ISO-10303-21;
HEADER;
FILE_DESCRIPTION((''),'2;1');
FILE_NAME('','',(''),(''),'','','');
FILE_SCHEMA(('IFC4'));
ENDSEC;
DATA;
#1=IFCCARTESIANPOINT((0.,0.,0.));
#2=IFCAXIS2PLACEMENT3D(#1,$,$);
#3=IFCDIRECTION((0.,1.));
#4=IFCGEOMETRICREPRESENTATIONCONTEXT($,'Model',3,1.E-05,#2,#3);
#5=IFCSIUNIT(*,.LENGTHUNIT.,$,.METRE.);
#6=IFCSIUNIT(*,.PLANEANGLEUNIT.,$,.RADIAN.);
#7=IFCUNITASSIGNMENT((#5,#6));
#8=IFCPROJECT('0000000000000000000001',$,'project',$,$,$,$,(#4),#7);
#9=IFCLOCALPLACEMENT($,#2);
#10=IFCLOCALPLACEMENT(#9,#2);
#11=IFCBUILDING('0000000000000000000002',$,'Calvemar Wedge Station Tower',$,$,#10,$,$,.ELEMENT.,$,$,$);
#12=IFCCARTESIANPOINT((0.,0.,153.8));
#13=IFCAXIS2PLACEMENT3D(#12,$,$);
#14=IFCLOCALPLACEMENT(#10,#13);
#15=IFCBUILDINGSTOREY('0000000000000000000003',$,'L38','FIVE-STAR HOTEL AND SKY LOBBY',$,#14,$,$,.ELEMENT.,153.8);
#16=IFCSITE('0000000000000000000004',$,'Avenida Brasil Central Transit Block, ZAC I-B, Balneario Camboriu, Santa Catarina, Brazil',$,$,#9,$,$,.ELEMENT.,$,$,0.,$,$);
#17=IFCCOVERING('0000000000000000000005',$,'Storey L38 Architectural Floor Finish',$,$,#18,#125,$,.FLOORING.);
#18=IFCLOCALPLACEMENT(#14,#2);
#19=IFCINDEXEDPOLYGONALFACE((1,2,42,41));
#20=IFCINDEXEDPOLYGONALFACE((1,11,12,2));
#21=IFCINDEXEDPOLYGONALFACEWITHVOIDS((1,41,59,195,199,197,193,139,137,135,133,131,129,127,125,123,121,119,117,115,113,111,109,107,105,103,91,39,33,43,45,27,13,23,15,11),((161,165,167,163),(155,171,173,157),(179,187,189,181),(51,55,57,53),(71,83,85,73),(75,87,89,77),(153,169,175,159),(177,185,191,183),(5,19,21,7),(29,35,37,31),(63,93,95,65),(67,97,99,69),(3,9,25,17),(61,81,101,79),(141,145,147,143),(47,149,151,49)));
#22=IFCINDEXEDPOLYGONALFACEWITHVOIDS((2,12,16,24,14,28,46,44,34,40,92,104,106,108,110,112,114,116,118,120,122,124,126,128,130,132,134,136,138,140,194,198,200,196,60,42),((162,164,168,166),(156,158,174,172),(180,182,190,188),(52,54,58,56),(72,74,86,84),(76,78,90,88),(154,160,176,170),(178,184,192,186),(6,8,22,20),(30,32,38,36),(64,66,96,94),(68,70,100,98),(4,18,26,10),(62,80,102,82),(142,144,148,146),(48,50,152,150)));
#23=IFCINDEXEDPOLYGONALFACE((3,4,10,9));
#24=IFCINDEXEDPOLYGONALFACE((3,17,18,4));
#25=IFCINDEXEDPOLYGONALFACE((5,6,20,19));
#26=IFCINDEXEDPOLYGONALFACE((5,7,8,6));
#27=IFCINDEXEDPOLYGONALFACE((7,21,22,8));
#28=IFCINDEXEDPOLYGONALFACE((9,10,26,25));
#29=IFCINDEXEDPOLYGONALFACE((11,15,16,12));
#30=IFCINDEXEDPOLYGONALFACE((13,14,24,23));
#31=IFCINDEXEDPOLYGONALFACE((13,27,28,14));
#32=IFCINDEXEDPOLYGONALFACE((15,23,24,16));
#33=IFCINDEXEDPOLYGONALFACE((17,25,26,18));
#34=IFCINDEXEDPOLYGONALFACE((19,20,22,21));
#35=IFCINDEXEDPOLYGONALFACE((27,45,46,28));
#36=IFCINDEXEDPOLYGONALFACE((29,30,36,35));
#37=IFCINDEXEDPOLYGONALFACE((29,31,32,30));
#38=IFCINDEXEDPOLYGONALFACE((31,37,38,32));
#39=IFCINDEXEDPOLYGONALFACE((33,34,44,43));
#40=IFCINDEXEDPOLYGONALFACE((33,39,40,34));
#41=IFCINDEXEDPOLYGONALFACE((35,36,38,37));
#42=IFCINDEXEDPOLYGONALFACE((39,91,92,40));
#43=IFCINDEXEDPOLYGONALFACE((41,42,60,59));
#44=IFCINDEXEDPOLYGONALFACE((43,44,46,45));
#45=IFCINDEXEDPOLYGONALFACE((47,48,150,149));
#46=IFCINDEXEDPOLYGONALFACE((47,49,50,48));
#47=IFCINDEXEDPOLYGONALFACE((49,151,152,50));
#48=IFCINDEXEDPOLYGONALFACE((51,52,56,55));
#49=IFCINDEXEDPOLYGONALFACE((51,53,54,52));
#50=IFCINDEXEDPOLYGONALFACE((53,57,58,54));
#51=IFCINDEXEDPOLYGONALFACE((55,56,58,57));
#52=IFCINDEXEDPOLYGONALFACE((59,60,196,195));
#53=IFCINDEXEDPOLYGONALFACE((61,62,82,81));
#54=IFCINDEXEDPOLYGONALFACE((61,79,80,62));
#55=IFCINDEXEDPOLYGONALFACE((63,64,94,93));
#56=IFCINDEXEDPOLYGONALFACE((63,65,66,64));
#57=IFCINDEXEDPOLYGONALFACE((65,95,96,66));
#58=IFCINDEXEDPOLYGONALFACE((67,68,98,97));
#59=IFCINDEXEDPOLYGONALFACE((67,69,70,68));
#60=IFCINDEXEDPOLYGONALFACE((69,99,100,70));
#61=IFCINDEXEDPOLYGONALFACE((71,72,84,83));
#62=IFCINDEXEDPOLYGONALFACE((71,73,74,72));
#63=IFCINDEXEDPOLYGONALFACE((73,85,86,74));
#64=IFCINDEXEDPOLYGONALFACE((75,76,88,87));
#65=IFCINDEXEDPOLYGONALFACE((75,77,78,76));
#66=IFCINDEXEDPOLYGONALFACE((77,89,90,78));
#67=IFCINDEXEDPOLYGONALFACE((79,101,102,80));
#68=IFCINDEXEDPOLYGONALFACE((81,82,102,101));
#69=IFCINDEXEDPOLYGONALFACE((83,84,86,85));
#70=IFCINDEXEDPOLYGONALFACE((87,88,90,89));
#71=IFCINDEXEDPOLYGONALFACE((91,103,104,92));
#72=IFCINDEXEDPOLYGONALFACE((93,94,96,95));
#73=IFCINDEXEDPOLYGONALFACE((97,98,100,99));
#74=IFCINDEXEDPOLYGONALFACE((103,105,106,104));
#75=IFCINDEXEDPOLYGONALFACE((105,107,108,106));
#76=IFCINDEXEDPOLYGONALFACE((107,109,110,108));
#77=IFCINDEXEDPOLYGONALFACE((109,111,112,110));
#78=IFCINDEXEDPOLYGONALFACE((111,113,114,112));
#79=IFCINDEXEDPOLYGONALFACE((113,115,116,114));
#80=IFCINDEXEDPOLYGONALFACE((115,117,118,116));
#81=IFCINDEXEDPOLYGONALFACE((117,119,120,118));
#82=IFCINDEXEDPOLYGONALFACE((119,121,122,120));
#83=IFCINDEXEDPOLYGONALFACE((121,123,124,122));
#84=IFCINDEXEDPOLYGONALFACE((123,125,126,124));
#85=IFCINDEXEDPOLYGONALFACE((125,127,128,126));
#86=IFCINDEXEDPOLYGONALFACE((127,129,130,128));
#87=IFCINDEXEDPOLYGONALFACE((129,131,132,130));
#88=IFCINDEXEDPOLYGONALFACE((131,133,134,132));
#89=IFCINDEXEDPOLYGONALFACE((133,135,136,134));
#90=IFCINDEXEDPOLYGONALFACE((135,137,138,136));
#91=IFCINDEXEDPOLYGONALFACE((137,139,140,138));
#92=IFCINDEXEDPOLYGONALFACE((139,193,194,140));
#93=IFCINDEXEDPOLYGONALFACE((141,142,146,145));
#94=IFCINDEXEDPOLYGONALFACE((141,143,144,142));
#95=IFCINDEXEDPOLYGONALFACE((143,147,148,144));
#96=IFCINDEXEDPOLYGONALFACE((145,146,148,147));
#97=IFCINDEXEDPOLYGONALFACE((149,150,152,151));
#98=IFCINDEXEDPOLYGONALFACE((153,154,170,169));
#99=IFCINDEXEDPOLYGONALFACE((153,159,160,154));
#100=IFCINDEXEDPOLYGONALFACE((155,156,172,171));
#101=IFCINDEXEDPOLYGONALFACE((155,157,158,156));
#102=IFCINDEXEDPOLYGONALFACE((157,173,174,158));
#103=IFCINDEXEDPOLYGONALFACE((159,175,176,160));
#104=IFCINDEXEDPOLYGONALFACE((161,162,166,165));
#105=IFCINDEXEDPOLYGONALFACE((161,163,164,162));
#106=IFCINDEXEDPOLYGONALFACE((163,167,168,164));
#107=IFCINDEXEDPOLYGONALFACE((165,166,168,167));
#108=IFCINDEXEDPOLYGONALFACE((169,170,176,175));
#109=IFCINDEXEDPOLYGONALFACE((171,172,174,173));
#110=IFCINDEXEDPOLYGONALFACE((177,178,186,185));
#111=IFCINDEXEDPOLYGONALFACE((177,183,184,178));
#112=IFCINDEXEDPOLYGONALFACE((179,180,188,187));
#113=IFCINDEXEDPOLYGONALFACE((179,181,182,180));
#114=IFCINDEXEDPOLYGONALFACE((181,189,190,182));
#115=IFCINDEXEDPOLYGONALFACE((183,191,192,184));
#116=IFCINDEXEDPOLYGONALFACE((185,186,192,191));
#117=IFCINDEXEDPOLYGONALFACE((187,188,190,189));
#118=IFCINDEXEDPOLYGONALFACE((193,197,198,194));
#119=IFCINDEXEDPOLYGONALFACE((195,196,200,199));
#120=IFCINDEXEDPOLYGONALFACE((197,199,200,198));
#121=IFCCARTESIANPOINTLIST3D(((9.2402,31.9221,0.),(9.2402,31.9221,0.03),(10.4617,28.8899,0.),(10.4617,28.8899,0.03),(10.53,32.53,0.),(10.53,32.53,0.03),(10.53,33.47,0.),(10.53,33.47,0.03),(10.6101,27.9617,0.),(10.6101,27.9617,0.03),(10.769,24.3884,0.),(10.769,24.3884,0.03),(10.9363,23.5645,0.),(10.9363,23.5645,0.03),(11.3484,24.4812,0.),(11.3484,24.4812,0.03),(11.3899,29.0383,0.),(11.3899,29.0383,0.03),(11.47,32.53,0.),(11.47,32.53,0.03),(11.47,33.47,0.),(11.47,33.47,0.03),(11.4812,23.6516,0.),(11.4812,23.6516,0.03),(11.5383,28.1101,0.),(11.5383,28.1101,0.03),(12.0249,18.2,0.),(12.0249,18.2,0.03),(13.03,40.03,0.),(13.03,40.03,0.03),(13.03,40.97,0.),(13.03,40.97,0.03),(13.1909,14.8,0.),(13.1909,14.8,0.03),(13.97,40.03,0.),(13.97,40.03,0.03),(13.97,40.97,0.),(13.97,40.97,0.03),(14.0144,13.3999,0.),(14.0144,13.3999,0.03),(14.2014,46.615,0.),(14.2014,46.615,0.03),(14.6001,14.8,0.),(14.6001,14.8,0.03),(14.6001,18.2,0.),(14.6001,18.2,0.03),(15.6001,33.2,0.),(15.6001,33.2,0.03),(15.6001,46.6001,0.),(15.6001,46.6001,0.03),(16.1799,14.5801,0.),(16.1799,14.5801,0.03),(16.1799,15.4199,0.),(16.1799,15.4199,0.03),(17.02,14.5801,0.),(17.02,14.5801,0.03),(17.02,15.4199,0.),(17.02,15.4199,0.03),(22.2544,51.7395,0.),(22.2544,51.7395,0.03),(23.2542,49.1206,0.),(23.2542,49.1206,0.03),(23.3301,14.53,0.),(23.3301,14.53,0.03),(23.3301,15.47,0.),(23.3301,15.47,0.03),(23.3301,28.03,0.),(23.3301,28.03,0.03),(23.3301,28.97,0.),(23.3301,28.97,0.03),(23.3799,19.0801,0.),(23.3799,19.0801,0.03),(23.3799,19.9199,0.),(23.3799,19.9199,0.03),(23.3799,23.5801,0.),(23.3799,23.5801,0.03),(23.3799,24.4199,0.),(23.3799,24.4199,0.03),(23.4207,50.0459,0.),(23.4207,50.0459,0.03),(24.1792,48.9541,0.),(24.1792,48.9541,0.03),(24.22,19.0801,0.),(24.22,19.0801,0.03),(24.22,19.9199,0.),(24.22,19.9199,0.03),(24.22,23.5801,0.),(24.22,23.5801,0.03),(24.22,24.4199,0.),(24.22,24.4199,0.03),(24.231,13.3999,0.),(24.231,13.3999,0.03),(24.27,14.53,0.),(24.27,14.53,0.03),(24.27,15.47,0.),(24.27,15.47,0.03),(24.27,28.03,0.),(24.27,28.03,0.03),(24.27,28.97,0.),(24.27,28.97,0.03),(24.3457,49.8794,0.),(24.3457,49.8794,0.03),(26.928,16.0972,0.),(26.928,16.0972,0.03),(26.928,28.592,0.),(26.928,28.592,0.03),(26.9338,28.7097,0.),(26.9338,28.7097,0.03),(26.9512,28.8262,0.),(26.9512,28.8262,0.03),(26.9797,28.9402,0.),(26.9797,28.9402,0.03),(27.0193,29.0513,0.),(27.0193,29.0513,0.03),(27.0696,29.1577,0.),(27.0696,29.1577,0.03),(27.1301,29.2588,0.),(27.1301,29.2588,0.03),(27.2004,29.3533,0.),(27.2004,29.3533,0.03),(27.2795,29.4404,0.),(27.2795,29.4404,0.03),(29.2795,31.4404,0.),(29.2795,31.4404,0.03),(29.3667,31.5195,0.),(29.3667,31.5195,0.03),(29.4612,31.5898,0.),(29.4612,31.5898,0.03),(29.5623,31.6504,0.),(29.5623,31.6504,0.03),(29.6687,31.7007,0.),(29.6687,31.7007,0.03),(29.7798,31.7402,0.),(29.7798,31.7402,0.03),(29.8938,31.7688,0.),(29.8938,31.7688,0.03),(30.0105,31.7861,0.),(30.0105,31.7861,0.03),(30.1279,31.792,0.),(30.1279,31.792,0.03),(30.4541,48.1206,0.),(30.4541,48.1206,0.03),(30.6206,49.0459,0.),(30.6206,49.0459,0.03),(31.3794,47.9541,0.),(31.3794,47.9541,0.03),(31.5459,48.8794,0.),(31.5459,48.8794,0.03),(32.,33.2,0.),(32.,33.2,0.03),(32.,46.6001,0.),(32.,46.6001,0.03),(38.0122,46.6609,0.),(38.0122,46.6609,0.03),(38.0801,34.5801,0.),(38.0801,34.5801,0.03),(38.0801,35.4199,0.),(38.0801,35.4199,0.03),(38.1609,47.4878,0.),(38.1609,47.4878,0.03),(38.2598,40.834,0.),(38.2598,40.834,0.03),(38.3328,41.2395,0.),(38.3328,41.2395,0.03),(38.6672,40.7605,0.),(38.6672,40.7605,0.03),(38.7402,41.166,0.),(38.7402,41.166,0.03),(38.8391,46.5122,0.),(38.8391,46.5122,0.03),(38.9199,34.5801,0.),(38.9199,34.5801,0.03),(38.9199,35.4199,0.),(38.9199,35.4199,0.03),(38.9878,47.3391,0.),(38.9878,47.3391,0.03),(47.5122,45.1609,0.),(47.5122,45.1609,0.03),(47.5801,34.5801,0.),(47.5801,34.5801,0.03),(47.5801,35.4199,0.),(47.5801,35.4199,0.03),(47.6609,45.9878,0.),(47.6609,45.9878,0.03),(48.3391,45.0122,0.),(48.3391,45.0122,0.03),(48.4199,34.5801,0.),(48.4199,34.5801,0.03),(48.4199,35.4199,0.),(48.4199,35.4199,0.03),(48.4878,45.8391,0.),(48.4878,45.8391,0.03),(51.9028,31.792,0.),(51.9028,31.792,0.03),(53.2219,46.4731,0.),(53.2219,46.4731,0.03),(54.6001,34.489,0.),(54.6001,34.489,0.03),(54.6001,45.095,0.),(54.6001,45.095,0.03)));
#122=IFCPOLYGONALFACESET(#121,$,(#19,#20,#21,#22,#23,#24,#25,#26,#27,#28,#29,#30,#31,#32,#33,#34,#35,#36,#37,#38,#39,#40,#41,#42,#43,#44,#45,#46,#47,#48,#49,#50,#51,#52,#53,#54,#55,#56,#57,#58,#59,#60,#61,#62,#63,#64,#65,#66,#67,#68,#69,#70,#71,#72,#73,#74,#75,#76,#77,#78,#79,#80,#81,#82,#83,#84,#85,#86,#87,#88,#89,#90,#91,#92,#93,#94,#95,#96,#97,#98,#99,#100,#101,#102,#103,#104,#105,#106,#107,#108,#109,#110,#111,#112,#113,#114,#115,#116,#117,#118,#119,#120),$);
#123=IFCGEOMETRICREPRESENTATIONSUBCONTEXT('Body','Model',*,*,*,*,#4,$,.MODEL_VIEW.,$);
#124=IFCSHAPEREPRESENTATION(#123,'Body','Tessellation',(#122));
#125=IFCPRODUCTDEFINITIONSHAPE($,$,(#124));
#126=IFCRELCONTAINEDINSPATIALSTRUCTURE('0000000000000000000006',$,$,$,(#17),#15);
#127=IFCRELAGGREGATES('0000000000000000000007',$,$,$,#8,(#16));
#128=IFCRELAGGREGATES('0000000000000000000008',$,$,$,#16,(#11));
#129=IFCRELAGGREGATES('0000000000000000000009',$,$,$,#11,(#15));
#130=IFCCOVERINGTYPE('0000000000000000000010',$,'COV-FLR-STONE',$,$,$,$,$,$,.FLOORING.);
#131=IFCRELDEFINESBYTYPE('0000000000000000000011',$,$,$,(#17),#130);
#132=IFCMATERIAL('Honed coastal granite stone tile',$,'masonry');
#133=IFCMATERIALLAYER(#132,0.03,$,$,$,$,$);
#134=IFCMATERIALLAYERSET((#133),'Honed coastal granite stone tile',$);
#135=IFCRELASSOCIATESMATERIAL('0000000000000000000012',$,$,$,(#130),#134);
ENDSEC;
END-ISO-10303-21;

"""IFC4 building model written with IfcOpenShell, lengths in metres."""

from ifc_helpers import new_model, si_unit, direction, frame, origin, place, context, subcontext, project, spatial, polyline, outline, extrude, material, layer, layer_set, type_object, element, save


model = new_model("IFC4")

# Units and contexts
model_context = context("Model", 3, precision=1e-05, world=origin(), true_north=direction((0.0, 1.0)))
body_context = subcontext(model_context, "Body", "Model", "MODEL_VIEW")
ifc_project = project(units=[si_unit("LENGTHUNIT", "METRE"), si_unit("PLANEANGLEUNIT", "RADIAN")], contexts=[model_context])

# Site, building, storey
site_placement = place(None, origin())
site = spatial("IfcSite", under=ifc_project, at=site_placement, Name="Avenida Brasil Central Transit Block, ZAC I-B, Balneario Camboriu, Santa Catarina, Brazil", CompositionType="ELEMENT", RefElevation=0.0)
building_placement = place(site_placement, origin())
building = spatial("IfcBuilding", under=site, at=building_placement, Name="Calvemar Wedge Station Tower", CompositionType="ELEMENT")
storey_placement = place(building_placement, frame((0.0, 0.0, 153.8)))
storey = spatial("IfcBuildingStorey", under=building, at=storey_placement, Name="L38", Description="FIVE-STAR HOTEL AND SKY LOBBY", CompositionType="ELEMENT", Elevation=153.8)

# Covering
ifc_material_1 = material(Name="Honed coastal granite stone tile", Category="masonry")
ifc_layer_1 = layer(ifc_material_1, 0.03)
ifc_layer_set_1 = layer_set([ifc_layer_1], Name="Honed coastal granite stone tile")
covering_type_1 = type_object("IfcCoveringType", Name="COV-FLR-STONE", PredefinedType="FLOORING", material=ifc_layer_set_1)
covering_1_placement = place(storey_placement, origin())
element("IfcCovering", 1, at=covering_1_placement, inside=storey, type_object=covering_type_1, Name="Storey L38 Architectural Floor Finish", PredefinedType="FLOORING", context=body_context, shape_type="SweptSolid", body=[
    extrude(outline(polyline([(27.2795, 29.4404), (29.2795, 31.4404), (29.3667, 31.5195), (29.4612, 31.5898), (29.5623, 31.6504), (29.6687, 31.7007), (29.7798, 31.7402), (29.8938, 31.7688), (30.0105, 31.7861), (30.1279, 31.792), (51.9028, 31.792), (54.6001, 34.489), (54.6001, 45.095), (53.2219, 46.4731), (22.2544, 51.7395), (14.2014, 46.615), (9.2402, 31.9221), (10.769, 24.3884), (11.3484, 24.4812), (11.4812, 23.6516), (10.9363, 23.5645), (12.0249, 18.2), (14.6001, 18.2), (14.6001, 14.8), (13.1909, 14.8), (14.0144, 13.3999), (24.231, 13.3999), (26.928, 16.0972), (26.928, 28.592), (26.9338, 28.7097), (26.9512, 28.8262), (26.9797, 28.9402), (27.0193, 29.0513), (27.0696, 29.1577), (27.1301, 29.2588), (27.2004, 29.3533), (27.2795, 29.4404)]), holes=[polyline([(15.6001, 46.6001), (32.0, 46.6001), (32.0, 33.2), (15.6001, 33.2), (15.6001, 46.6001)]), polyline([(10.53, 32.53), (10.53, 33.47), (11.47, 33.47), (11.47, 32.53), (10.53, 32.53)]), polyline([(13.03, 40.97), (13.97, 40.97), (13.97, 40.03), (13.03, 40.03), (13.03, 40.97)]), polyline([(24.3457, 49.8794), (24.1792, 48.9541), (23.2542, 49.1206), (23.4207, 50.0459), (24.3457, 49.8794)]), polyline([(31.3794, 47.9541), (30.4541, 48.1206), (30.6206, 49.0459), (31.5459, 48.8794), (31.3794, 47.9541)]), polyline([(38.0122, 46.6609), (38.1609, 47.4878), (38.9878, 47.3391), (38.8391, 46.5122), (38.0122, 46.6609)]), polyline([(47.6609, 45.9878), (48.4878, 45.8391), (48.3391, 45.0122), (47.5122, 45.1609), (47.6609, 45.9878)]), polyline([(38.9199, 35.4199), (38.9199, 34.5801), (38.0801, 34.5801), (38.0801, 35.4199), (38.9199, 35.4199)]), polyline([(48.4199, 34.5801), (47.5801, 34.5801), (47.5801, 35.4199), (48.4199, 35.4199), (48.4199, 34.5801)]), polyline([(38.2598, 40.834), (38.3328, 41.2395), (38.7402, 41.166), (38.6672, 40.7605), (38.2598, 40.834)]), polyline([(11.3899, 29.0383), (11.5383, 28.1101), (10.6101, 27.9617), (10.4617, 28.8899), (11.3899, 29.0383)]), polyline([(24.27, 28.03), (23.3301, 28.03), (23.3301, 28.97), (24.27, 28.97), (24.27, 28.03)]), polyline([(23.3799, 23.5801), (23.3799, 24.4199), (24.22, 24.4199), (24.22, 23.5801), (23.3799, 23.5801)]), polyline([(23.3799, 19.9199), (24.22, 19.9199), (24.22, 19.0801), (23.3799, 19.0801), (23.3799, 19.9199)]), polyline([(24.27, 15.47), (24.27, 14.53), (23.3301, 14.53), (23.3301, 15.47), (24.27, 15.47)]), polyline([(17.02, 14.5801), (16.1799, 14.5801), (16.1799, 15.4199), (17.02, 15.4199), (17.02, 14.5801)])]), origin(), (0.0, 0.0, 1.0), 0.03),
])

save(model, "model.ifc")
